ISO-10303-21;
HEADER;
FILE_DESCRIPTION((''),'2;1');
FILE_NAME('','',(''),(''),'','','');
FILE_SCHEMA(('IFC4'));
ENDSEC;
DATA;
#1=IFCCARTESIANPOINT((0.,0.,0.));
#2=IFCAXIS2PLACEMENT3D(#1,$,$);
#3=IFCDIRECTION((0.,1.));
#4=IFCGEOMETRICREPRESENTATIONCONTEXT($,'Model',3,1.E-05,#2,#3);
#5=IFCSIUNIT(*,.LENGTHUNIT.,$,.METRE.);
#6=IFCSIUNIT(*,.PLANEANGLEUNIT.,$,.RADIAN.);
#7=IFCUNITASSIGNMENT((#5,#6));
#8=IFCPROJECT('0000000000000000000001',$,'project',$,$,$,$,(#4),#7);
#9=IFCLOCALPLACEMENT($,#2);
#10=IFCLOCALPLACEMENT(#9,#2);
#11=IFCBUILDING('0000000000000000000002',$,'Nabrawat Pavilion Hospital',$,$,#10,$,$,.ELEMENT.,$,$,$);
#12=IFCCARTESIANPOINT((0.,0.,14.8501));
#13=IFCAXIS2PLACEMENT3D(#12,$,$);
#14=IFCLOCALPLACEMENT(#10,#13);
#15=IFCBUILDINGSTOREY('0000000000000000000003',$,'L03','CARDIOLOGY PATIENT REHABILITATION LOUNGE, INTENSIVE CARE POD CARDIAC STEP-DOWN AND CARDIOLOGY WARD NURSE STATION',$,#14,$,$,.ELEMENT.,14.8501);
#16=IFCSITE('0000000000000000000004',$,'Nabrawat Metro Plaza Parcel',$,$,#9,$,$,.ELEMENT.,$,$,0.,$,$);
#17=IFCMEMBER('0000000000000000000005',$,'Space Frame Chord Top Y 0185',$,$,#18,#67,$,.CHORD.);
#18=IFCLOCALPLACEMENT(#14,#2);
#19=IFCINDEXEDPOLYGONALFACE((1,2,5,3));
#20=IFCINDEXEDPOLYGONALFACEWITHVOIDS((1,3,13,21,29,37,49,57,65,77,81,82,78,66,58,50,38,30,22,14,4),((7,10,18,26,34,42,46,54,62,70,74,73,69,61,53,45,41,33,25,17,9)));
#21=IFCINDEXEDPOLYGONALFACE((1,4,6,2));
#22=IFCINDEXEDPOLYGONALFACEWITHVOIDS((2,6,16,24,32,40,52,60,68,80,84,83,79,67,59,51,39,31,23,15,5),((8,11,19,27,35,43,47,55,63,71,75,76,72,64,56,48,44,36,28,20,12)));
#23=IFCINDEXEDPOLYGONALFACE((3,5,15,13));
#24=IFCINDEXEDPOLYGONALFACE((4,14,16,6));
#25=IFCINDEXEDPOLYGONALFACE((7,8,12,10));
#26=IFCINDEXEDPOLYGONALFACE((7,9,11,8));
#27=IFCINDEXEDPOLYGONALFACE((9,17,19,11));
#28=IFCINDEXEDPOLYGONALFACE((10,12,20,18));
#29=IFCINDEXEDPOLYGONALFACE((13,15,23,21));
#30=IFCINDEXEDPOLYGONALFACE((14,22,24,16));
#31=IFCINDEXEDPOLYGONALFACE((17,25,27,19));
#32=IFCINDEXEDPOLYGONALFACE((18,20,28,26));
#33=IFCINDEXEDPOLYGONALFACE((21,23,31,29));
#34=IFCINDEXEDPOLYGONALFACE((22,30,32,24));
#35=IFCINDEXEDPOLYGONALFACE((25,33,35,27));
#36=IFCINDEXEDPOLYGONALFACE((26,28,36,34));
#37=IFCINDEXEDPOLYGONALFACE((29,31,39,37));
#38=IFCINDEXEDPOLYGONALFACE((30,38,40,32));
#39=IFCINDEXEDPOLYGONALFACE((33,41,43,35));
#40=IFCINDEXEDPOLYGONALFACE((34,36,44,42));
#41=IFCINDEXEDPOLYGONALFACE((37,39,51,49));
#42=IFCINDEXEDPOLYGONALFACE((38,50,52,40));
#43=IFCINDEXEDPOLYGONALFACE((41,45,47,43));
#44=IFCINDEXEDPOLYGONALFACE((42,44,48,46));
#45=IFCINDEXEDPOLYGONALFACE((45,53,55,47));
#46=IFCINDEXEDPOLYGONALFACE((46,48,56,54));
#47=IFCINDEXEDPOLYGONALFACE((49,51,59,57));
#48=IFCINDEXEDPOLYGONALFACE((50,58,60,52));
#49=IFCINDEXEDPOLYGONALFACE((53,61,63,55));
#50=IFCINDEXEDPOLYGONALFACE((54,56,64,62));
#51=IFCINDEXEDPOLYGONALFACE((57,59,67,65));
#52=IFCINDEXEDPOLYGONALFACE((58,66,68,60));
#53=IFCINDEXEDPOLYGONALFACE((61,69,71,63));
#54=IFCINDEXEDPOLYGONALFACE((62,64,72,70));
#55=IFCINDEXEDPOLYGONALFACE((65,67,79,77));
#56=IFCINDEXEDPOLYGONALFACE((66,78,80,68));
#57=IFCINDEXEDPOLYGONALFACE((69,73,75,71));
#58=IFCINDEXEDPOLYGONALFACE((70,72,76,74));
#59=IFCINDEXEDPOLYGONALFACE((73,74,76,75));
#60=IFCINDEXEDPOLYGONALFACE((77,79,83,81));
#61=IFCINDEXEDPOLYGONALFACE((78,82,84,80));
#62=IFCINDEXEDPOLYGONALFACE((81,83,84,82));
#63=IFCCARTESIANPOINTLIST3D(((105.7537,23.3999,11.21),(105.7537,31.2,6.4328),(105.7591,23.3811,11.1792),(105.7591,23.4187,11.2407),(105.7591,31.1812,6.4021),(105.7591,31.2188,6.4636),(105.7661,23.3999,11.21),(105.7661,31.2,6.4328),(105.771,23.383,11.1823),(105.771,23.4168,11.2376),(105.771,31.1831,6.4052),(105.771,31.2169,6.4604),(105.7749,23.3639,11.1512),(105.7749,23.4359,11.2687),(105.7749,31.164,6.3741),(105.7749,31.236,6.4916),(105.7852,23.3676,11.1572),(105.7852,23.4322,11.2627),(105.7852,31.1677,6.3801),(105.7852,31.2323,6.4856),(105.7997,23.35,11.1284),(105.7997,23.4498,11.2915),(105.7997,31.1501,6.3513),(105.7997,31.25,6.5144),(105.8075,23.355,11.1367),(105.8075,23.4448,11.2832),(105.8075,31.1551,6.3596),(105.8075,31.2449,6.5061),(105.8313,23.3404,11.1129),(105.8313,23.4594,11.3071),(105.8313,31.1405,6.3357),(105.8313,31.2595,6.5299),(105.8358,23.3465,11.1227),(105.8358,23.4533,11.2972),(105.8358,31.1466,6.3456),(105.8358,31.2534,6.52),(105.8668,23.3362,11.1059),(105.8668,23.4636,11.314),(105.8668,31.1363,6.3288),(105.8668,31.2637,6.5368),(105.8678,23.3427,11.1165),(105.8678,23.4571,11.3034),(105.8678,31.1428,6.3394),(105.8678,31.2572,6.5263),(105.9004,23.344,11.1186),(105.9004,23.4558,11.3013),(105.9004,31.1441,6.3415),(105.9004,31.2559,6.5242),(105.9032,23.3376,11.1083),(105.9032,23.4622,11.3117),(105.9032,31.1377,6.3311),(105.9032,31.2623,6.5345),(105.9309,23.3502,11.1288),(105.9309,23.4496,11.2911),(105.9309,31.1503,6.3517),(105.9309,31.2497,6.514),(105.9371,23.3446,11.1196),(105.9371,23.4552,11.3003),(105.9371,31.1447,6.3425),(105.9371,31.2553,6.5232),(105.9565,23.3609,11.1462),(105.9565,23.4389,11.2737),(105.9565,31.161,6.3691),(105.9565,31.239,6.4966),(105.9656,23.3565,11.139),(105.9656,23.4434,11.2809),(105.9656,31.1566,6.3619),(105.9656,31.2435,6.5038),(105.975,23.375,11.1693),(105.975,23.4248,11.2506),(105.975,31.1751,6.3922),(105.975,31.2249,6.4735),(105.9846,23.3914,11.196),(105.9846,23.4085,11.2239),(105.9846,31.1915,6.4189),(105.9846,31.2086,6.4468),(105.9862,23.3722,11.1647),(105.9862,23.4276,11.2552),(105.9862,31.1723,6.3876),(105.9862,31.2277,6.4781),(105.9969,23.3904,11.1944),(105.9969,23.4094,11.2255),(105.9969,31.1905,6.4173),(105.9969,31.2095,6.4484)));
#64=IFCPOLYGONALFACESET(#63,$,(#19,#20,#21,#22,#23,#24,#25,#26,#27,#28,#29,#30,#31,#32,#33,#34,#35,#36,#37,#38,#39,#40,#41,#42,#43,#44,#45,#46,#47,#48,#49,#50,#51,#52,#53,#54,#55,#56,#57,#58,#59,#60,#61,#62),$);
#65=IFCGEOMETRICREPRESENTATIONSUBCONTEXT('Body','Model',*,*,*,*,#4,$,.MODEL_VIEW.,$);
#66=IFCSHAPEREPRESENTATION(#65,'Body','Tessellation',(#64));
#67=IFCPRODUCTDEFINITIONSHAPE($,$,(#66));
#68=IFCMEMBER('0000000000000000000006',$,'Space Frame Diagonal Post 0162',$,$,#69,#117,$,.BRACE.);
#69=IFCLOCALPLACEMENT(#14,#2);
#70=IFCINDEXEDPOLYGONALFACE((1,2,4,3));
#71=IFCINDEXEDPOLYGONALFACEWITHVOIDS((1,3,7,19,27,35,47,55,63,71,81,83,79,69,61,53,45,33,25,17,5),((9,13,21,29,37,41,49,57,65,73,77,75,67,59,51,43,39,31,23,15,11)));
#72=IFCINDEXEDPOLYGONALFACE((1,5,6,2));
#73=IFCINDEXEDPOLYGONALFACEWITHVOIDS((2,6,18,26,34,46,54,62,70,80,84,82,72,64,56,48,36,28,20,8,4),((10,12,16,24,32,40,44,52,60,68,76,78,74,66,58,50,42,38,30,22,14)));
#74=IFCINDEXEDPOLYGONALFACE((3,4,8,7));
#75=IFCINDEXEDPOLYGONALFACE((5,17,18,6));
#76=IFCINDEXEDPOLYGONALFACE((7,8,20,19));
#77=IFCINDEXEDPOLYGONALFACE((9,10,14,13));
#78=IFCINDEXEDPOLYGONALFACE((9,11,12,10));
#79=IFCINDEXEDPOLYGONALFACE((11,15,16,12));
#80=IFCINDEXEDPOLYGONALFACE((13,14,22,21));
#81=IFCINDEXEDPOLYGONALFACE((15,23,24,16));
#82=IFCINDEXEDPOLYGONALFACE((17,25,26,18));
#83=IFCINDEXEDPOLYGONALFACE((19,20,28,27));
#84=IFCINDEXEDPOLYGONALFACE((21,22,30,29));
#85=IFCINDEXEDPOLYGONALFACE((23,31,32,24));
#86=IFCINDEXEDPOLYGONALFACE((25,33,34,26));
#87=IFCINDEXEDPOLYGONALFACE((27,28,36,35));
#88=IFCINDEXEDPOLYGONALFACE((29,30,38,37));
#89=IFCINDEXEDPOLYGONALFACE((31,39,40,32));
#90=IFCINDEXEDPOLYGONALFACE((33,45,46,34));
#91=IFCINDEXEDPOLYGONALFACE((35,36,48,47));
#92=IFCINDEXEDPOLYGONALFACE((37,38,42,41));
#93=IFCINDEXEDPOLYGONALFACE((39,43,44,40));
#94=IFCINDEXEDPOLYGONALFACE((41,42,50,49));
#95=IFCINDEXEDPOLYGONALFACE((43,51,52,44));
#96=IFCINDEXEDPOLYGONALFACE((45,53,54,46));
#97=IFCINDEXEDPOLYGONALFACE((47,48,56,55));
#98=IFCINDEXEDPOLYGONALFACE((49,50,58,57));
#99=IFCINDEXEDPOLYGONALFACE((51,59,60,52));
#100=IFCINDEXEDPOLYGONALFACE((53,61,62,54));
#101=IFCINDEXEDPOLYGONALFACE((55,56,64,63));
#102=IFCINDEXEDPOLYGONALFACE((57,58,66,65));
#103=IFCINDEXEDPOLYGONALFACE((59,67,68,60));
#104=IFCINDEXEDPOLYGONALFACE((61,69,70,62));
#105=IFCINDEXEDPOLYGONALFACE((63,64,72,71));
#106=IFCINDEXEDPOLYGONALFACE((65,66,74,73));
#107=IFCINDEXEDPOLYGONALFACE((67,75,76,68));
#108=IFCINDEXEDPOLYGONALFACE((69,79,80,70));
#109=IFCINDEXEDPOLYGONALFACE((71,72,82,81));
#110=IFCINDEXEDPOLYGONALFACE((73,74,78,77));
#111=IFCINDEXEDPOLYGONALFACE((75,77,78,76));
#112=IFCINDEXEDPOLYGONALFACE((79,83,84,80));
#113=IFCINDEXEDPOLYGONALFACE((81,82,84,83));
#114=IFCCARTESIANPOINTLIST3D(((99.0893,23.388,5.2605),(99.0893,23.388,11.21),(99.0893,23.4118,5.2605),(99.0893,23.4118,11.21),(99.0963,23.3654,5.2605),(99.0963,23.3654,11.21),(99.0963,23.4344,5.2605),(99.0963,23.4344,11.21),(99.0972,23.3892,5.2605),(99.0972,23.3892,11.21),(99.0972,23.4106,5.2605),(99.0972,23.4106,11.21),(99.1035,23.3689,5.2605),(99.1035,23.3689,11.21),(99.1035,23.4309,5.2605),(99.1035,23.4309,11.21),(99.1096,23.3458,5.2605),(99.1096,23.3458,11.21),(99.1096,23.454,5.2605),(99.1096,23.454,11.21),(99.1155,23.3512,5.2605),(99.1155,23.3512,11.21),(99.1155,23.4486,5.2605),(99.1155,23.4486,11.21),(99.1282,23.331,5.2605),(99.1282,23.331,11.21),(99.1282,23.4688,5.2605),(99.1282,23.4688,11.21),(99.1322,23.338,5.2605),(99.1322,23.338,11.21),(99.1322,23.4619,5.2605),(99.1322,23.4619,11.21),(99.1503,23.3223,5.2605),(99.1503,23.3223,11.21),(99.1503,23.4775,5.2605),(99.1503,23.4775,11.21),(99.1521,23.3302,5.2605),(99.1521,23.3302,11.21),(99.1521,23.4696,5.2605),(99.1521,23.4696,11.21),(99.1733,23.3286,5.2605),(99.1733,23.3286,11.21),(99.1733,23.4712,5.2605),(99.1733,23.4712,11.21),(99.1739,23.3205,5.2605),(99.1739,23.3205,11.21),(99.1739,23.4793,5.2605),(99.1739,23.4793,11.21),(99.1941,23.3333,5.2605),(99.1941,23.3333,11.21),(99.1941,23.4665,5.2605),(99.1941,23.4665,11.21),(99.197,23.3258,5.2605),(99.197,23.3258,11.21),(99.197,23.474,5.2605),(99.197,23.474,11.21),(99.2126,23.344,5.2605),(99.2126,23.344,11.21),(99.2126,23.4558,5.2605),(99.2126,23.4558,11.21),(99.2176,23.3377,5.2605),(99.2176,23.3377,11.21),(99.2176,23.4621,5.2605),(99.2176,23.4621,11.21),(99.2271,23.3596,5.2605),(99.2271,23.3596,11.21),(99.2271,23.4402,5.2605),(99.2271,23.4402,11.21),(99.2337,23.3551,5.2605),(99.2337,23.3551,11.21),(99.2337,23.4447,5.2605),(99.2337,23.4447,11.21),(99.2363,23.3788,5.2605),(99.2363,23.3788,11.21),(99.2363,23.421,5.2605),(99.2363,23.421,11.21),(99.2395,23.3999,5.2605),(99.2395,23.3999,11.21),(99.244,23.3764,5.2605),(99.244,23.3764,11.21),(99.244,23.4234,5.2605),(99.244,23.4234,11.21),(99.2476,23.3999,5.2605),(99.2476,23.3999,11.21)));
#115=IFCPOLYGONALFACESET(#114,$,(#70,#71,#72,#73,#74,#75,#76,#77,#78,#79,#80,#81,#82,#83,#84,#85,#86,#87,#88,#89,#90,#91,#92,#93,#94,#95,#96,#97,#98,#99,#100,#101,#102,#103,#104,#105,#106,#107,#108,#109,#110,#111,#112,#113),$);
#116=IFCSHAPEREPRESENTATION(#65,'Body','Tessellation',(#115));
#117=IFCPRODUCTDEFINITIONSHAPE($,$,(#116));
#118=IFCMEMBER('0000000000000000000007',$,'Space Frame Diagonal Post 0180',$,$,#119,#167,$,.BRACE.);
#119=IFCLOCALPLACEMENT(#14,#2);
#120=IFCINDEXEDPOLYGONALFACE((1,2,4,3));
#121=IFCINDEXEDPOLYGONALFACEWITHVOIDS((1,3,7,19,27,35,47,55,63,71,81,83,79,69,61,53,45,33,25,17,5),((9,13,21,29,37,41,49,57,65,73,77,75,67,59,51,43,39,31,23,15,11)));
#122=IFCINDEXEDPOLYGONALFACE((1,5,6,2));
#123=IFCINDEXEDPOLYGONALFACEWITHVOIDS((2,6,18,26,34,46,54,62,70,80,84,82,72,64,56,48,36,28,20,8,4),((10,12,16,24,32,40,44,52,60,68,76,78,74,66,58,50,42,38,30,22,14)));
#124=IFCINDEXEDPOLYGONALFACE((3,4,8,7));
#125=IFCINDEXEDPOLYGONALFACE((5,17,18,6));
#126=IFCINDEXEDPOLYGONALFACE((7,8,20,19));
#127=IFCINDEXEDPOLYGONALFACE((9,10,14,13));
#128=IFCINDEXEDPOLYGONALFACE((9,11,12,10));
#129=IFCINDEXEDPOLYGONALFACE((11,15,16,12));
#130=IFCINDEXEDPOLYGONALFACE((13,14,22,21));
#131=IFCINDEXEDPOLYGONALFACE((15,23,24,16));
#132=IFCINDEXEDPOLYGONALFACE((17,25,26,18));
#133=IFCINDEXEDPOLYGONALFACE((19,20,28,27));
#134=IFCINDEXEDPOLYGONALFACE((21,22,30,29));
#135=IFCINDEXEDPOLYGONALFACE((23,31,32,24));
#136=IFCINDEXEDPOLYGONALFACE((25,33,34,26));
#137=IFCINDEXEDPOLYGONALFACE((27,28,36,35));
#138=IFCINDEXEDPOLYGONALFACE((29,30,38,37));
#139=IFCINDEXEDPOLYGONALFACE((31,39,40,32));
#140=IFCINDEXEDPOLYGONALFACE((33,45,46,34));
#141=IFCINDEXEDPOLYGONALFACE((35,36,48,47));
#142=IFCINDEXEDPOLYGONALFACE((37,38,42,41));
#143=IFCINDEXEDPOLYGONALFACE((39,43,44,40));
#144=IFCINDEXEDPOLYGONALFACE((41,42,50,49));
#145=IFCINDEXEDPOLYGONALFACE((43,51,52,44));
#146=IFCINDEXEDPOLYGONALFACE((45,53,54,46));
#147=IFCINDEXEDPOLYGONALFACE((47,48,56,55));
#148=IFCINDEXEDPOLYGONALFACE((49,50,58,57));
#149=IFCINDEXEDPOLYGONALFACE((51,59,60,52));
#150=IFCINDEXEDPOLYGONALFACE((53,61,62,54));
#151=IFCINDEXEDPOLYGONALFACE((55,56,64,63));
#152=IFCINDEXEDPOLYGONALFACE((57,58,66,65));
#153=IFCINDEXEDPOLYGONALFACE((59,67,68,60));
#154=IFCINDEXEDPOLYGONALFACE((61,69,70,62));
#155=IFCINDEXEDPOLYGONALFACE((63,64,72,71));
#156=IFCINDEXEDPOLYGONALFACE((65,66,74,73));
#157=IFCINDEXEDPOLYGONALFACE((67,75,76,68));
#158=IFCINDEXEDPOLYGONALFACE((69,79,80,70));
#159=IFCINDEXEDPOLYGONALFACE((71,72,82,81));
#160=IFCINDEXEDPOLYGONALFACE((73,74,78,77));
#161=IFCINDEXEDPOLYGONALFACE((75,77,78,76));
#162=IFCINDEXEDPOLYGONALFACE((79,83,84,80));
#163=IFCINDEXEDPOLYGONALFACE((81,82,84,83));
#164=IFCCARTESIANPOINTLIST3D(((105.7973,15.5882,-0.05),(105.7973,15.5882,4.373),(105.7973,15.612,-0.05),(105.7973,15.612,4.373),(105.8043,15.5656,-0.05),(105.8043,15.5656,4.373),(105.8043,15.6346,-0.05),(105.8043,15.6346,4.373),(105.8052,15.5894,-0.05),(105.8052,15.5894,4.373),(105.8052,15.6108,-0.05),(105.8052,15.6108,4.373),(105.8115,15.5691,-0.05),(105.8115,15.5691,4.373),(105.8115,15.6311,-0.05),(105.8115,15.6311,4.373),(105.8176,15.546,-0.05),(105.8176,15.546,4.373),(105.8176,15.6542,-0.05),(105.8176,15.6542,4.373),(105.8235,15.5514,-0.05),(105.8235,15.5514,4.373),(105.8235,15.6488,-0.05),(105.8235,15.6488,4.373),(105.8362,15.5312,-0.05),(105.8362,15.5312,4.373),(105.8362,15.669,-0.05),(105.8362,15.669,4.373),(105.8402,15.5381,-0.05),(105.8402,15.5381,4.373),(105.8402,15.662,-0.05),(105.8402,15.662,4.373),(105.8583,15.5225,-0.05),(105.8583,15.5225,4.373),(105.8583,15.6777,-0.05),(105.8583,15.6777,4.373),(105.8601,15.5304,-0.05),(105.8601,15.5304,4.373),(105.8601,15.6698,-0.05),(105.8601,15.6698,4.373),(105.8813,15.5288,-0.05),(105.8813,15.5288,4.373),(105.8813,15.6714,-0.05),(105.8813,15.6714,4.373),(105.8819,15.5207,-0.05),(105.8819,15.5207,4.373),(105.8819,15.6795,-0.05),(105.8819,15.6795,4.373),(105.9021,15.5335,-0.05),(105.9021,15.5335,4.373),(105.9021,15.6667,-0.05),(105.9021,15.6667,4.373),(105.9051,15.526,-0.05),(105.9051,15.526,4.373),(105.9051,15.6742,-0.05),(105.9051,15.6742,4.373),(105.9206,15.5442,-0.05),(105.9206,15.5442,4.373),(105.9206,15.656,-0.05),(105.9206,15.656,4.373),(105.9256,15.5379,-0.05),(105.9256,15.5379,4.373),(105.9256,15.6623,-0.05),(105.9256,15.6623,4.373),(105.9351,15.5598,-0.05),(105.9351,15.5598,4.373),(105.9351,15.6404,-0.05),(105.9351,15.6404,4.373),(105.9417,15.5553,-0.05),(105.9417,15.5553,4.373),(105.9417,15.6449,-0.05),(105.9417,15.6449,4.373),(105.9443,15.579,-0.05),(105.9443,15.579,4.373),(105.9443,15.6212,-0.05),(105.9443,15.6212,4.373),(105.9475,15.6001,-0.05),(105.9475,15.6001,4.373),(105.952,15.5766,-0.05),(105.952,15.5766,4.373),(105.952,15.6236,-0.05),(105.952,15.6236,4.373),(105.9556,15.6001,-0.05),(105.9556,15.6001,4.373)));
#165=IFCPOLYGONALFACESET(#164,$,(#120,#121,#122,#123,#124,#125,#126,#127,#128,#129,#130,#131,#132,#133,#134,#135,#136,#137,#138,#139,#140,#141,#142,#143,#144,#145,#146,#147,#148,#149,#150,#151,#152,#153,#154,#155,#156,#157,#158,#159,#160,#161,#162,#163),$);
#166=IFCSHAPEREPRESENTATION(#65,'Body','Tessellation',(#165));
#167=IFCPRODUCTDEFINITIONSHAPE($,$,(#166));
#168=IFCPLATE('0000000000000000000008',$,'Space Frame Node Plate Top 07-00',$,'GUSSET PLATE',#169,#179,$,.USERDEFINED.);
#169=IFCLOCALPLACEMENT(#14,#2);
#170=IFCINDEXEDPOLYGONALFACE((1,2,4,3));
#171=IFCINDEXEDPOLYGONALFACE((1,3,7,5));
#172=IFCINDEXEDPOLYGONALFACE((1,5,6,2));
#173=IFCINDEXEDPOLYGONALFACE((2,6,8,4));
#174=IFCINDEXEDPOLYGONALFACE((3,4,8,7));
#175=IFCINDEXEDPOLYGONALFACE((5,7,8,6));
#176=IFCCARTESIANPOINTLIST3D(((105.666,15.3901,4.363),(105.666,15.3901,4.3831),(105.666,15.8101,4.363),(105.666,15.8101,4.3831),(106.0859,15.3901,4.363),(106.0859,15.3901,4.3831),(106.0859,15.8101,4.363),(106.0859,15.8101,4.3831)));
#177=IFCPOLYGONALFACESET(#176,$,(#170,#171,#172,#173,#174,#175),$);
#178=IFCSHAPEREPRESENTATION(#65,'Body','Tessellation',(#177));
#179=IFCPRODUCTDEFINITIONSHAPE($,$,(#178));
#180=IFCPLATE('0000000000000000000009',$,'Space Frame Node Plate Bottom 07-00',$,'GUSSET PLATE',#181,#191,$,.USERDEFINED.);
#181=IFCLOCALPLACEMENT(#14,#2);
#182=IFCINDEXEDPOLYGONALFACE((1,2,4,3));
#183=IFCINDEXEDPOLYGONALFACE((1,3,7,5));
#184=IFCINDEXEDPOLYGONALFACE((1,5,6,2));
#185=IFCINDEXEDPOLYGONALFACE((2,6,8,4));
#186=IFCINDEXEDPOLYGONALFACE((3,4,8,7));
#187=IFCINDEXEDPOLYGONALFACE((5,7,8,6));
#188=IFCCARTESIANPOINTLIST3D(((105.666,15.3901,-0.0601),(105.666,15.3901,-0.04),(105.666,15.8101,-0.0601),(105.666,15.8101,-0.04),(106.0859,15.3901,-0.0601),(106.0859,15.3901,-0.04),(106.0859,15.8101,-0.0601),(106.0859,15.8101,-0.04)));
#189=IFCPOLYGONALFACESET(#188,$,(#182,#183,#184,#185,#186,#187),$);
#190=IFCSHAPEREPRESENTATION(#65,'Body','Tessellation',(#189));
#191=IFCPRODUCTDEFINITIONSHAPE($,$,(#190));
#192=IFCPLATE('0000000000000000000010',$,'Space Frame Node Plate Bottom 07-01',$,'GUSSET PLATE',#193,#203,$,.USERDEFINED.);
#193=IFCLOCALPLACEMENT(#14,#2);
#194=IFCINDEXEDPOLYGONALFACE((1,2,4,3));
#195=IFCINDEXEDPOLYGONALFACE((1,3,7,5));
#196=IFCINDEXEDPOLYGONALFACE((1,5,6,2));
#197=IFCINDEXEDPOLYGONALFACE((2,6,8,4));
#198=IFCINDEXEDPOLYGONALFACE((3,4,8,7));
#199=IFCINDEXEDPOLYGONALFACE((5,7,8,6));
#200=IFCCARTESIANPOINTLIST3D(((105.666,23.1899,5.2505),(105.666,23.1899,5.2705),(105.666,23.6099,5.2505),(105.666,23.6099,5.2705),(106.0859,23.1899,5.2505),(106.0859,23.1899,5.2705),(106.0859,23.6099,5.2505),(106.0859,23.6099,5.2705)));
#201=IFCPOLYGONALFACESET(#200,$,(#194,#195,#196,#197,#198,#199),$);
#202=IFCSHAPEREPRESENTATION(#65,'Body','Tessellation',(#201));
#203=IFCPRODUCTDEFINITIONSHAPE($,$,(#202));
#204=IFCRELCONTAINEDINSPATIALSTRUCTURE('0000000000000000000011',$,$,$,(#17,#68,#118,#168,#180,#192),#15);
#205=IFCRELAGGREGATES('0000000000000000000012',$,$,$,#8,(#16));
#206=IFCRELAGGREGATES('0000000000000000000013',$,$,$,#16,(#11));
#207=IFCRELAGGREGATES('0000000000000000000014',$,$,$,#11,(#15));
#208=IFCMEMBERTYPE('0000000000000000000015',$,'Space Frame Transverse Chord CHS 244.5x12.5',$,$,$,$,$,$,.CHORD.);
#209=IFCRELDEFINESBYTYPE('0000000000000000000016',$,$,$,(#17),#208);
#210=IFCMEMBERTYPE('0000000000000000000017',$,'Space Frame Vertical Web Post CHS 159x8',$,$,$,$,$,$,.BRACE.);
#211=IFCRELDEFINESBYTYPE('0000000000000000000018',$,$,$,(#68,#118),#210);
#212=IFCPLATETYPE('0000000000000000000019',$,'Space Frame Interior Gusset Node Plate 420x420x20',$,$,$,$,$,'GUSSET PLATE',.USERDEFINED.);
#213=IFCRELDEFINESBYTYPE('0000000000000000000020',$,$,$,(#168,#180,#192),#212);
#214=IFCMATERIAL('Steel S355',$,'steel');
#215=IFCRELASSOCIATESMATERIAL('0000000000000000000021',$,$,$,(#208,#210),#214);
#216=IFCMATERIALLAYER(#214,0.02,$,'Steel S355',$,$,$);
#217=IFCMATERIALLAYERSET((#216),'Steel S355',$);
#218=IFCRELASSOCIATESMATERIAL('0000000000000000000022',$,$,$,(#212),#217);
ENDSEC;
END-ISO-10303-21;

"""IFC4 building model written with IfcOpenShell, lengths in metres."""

from ifc_helpers import new_model, si_unit, direction, frame, origin, origin_2d, place, context, subcontext, project, spatial, rectangle, hollow_circle, extrude, material, layer, layer_set, material_profile, profile_set, type_object, element, save


model = new_model("IFC4")

# Units and contexts
model_context = context("Model", 3, precision=1e-05, world=origin(), true_north=direction((0.0, 1.0)))
body_context = subcontext(model_context, "Body", "Model", "MODEL_VIEW")
ifc_project = project(units=[si_unit("LENGTHUNIT", "METRE"), si_unit("PLANEANGLEUNIT", "RADIAN")], contexts=[model_context])

# Site, building, storey
site_placement = place(None, origin())
site = spatial("IfcSite", under=ifc_project, at=site_placement, Name="Nabrawat Metro Plaza Parcel", CompositionType="ELEMENT", RefElevation=0.0)
building_placement = place(site_placement, origin())
building = spatial("IfcBuilding", under=site, at=building_placement, Name="Nabrawat Pavilion Hospital", CompositionType="ELEMENT")
storey_placement = place(building_placement, frame((0.0, 0.0, 14.8501)))
storey = spatial("IfcBuildingStorey", under=building, at=storey_placement, Name="L03", Description="CARDIOLOGY PATIENT REHABILITATION LOUNGE, INTENSIVE CARE POD CARDIAC STEP-DOWN AND CARDIOLOGY WARD NURSE STATION", CompositionType="ELEMENT", Elevation=14.8501)

# Shared definitions
ifc_material = material(Name="Steel S355", Category="steel")

# Members
ifc_material_profile_1 = material_profile(ifc_material, hollow_circle(Radius=0.1223, WallThickness=0.0125, at=origin_2d()), Name="CHS 244.5x12.5")
ifc_profile_set_1 = profile_set([ifc_material_profile_1], Name="Steel S355")
member_type_1 = type_object("IfcMemberType", Name="Space Frame Transverse Chord CHS 244.5x12.5", PredefinedType="CHORD", material=ifc_profile_set_1)
member_1_placement = place(storey_placement, frame((105.876, 23.3999, 11.21), z_axis=(0.0, 0.852775, -0.522278), x_axis=(-1.0, 0.0, 0.0)))
element("IfcMember", 1, at=member_1_placement, inside=storey, type_object=member_type_1, Name="Space Frame Chord Top Y 0185", PredefinedType="CHORD", context=body_context, shape_type="SweptSolid", body=[
    extrude(hollow_circle(Radius=0.1223, WallThickness=0.0125, at=origin_2d()), origin(), (0.0, 0.0, 1.0), 9.1467),
])
ifc_material_profile_2 = material_profile(ifc_material, hollow_circle(Radius=0.0796, WallThickness=0.0081, at=origin_2d()), Name="CHS 159x8")
ifc_profile_set_2 = profile_set([ifc_material_profile_2], Name="Steel S355")
member_type_2 = type_object("IfcMemberType", Name="Space Frame Vertical Web Post CHS 159x8", PredefinedType="BRACE", material=ifc_profile_set_2)
member_2_placement = place(storey_placement, frame((99.168, 23.3999, 5.2605), z_axis=(0.0, 0.0, 1.0), x_axis=(1.0, 0.0, 0.0)))
element("IfcMember", 2, at=member_2_placement, inside=storey, type_object=member_type_2, Name="Space Frame Diagonal Post 0162", PredefinedType="BRACE", context=body_context, shape_type="SweptSolid", body=[
    extrude(hollow_circle(Radius=0.0796, WallThickness=0.0081, at=origin_2d()), origin(), (0.0, 0.0, 1.0), 5.9495),
])
member_3_placement = place(storey_placement, frame((105.876, 15.6001, -0.05), z_axis=(0.0, 0.0, 1.0), x_axis=(1.0, 0.0, 0.0)))
element("IfcMember", 3, at=member_3_placement, inside=storey, type_object=member_type_2, Name="Space Frame Diagonal Post 0180", PredefinedType="BRACE", context=body_context, shape_type="SweptSolid", body=[
    extrude(hollow_circle(Radius=0.0796, WallThickness=0.0081, at=origin_2d()), origin(), (0.0, 0.0, 1.0), 4.4231),
])

# Plates
ifc_layer_1 = layer(ifc_material, 0.02, Name="Steel S355")
ifc_layer_set_1 = layer_set([ifc_layer_1], Name="Steel S355")
plate_type_1 = type_object("IfcPlateType", Name="Space Frame Interior Gusset Node Plate 420x420x20", ElementType="GUSSET PLATE", PredefinedType="USERDEFINED", material=ifc_layer_set_1)
for number, where, z_axis, x_axis, name in (
    (4, (105.876, 15.6001, 4.363), (0.0, 0.0, 1.0), (1.0, 0.0, 0.0), "Space Frame Node Plate Top 07-00"),
    (5, (105.876, 15.6001, -0.0601), (0.0, 0.0, 1.0), (1.0, 0.0, 0.0), "Space Frame Node Plate Bottom 07-00"),
    (6, (105.876, 23.3999, 5.2505), (0.0, 0.0, 1.0), (1.0, 0.0, 0.0), "Space Frame Node Plate Bottom 07-01"),
):
    element("IfcPlate", number, at=place(storey_placement, frame(where, z_axis=z_axis, x_axis=x_axis)), inside=storey, type_object=plate_type_1, Name=name, ObjectType="GUSSET PLATE", PredefinedType="USERDEFINED", context=body_context, shape_type="SweptSolid", body=[
        extrude(rectangle(XDim=0.4199, YDim=0.4199, at=origin_2d()), origin(), (0.0, 0.0, 1.0), 0.02),
    ])

save(model, "model.ifc")
